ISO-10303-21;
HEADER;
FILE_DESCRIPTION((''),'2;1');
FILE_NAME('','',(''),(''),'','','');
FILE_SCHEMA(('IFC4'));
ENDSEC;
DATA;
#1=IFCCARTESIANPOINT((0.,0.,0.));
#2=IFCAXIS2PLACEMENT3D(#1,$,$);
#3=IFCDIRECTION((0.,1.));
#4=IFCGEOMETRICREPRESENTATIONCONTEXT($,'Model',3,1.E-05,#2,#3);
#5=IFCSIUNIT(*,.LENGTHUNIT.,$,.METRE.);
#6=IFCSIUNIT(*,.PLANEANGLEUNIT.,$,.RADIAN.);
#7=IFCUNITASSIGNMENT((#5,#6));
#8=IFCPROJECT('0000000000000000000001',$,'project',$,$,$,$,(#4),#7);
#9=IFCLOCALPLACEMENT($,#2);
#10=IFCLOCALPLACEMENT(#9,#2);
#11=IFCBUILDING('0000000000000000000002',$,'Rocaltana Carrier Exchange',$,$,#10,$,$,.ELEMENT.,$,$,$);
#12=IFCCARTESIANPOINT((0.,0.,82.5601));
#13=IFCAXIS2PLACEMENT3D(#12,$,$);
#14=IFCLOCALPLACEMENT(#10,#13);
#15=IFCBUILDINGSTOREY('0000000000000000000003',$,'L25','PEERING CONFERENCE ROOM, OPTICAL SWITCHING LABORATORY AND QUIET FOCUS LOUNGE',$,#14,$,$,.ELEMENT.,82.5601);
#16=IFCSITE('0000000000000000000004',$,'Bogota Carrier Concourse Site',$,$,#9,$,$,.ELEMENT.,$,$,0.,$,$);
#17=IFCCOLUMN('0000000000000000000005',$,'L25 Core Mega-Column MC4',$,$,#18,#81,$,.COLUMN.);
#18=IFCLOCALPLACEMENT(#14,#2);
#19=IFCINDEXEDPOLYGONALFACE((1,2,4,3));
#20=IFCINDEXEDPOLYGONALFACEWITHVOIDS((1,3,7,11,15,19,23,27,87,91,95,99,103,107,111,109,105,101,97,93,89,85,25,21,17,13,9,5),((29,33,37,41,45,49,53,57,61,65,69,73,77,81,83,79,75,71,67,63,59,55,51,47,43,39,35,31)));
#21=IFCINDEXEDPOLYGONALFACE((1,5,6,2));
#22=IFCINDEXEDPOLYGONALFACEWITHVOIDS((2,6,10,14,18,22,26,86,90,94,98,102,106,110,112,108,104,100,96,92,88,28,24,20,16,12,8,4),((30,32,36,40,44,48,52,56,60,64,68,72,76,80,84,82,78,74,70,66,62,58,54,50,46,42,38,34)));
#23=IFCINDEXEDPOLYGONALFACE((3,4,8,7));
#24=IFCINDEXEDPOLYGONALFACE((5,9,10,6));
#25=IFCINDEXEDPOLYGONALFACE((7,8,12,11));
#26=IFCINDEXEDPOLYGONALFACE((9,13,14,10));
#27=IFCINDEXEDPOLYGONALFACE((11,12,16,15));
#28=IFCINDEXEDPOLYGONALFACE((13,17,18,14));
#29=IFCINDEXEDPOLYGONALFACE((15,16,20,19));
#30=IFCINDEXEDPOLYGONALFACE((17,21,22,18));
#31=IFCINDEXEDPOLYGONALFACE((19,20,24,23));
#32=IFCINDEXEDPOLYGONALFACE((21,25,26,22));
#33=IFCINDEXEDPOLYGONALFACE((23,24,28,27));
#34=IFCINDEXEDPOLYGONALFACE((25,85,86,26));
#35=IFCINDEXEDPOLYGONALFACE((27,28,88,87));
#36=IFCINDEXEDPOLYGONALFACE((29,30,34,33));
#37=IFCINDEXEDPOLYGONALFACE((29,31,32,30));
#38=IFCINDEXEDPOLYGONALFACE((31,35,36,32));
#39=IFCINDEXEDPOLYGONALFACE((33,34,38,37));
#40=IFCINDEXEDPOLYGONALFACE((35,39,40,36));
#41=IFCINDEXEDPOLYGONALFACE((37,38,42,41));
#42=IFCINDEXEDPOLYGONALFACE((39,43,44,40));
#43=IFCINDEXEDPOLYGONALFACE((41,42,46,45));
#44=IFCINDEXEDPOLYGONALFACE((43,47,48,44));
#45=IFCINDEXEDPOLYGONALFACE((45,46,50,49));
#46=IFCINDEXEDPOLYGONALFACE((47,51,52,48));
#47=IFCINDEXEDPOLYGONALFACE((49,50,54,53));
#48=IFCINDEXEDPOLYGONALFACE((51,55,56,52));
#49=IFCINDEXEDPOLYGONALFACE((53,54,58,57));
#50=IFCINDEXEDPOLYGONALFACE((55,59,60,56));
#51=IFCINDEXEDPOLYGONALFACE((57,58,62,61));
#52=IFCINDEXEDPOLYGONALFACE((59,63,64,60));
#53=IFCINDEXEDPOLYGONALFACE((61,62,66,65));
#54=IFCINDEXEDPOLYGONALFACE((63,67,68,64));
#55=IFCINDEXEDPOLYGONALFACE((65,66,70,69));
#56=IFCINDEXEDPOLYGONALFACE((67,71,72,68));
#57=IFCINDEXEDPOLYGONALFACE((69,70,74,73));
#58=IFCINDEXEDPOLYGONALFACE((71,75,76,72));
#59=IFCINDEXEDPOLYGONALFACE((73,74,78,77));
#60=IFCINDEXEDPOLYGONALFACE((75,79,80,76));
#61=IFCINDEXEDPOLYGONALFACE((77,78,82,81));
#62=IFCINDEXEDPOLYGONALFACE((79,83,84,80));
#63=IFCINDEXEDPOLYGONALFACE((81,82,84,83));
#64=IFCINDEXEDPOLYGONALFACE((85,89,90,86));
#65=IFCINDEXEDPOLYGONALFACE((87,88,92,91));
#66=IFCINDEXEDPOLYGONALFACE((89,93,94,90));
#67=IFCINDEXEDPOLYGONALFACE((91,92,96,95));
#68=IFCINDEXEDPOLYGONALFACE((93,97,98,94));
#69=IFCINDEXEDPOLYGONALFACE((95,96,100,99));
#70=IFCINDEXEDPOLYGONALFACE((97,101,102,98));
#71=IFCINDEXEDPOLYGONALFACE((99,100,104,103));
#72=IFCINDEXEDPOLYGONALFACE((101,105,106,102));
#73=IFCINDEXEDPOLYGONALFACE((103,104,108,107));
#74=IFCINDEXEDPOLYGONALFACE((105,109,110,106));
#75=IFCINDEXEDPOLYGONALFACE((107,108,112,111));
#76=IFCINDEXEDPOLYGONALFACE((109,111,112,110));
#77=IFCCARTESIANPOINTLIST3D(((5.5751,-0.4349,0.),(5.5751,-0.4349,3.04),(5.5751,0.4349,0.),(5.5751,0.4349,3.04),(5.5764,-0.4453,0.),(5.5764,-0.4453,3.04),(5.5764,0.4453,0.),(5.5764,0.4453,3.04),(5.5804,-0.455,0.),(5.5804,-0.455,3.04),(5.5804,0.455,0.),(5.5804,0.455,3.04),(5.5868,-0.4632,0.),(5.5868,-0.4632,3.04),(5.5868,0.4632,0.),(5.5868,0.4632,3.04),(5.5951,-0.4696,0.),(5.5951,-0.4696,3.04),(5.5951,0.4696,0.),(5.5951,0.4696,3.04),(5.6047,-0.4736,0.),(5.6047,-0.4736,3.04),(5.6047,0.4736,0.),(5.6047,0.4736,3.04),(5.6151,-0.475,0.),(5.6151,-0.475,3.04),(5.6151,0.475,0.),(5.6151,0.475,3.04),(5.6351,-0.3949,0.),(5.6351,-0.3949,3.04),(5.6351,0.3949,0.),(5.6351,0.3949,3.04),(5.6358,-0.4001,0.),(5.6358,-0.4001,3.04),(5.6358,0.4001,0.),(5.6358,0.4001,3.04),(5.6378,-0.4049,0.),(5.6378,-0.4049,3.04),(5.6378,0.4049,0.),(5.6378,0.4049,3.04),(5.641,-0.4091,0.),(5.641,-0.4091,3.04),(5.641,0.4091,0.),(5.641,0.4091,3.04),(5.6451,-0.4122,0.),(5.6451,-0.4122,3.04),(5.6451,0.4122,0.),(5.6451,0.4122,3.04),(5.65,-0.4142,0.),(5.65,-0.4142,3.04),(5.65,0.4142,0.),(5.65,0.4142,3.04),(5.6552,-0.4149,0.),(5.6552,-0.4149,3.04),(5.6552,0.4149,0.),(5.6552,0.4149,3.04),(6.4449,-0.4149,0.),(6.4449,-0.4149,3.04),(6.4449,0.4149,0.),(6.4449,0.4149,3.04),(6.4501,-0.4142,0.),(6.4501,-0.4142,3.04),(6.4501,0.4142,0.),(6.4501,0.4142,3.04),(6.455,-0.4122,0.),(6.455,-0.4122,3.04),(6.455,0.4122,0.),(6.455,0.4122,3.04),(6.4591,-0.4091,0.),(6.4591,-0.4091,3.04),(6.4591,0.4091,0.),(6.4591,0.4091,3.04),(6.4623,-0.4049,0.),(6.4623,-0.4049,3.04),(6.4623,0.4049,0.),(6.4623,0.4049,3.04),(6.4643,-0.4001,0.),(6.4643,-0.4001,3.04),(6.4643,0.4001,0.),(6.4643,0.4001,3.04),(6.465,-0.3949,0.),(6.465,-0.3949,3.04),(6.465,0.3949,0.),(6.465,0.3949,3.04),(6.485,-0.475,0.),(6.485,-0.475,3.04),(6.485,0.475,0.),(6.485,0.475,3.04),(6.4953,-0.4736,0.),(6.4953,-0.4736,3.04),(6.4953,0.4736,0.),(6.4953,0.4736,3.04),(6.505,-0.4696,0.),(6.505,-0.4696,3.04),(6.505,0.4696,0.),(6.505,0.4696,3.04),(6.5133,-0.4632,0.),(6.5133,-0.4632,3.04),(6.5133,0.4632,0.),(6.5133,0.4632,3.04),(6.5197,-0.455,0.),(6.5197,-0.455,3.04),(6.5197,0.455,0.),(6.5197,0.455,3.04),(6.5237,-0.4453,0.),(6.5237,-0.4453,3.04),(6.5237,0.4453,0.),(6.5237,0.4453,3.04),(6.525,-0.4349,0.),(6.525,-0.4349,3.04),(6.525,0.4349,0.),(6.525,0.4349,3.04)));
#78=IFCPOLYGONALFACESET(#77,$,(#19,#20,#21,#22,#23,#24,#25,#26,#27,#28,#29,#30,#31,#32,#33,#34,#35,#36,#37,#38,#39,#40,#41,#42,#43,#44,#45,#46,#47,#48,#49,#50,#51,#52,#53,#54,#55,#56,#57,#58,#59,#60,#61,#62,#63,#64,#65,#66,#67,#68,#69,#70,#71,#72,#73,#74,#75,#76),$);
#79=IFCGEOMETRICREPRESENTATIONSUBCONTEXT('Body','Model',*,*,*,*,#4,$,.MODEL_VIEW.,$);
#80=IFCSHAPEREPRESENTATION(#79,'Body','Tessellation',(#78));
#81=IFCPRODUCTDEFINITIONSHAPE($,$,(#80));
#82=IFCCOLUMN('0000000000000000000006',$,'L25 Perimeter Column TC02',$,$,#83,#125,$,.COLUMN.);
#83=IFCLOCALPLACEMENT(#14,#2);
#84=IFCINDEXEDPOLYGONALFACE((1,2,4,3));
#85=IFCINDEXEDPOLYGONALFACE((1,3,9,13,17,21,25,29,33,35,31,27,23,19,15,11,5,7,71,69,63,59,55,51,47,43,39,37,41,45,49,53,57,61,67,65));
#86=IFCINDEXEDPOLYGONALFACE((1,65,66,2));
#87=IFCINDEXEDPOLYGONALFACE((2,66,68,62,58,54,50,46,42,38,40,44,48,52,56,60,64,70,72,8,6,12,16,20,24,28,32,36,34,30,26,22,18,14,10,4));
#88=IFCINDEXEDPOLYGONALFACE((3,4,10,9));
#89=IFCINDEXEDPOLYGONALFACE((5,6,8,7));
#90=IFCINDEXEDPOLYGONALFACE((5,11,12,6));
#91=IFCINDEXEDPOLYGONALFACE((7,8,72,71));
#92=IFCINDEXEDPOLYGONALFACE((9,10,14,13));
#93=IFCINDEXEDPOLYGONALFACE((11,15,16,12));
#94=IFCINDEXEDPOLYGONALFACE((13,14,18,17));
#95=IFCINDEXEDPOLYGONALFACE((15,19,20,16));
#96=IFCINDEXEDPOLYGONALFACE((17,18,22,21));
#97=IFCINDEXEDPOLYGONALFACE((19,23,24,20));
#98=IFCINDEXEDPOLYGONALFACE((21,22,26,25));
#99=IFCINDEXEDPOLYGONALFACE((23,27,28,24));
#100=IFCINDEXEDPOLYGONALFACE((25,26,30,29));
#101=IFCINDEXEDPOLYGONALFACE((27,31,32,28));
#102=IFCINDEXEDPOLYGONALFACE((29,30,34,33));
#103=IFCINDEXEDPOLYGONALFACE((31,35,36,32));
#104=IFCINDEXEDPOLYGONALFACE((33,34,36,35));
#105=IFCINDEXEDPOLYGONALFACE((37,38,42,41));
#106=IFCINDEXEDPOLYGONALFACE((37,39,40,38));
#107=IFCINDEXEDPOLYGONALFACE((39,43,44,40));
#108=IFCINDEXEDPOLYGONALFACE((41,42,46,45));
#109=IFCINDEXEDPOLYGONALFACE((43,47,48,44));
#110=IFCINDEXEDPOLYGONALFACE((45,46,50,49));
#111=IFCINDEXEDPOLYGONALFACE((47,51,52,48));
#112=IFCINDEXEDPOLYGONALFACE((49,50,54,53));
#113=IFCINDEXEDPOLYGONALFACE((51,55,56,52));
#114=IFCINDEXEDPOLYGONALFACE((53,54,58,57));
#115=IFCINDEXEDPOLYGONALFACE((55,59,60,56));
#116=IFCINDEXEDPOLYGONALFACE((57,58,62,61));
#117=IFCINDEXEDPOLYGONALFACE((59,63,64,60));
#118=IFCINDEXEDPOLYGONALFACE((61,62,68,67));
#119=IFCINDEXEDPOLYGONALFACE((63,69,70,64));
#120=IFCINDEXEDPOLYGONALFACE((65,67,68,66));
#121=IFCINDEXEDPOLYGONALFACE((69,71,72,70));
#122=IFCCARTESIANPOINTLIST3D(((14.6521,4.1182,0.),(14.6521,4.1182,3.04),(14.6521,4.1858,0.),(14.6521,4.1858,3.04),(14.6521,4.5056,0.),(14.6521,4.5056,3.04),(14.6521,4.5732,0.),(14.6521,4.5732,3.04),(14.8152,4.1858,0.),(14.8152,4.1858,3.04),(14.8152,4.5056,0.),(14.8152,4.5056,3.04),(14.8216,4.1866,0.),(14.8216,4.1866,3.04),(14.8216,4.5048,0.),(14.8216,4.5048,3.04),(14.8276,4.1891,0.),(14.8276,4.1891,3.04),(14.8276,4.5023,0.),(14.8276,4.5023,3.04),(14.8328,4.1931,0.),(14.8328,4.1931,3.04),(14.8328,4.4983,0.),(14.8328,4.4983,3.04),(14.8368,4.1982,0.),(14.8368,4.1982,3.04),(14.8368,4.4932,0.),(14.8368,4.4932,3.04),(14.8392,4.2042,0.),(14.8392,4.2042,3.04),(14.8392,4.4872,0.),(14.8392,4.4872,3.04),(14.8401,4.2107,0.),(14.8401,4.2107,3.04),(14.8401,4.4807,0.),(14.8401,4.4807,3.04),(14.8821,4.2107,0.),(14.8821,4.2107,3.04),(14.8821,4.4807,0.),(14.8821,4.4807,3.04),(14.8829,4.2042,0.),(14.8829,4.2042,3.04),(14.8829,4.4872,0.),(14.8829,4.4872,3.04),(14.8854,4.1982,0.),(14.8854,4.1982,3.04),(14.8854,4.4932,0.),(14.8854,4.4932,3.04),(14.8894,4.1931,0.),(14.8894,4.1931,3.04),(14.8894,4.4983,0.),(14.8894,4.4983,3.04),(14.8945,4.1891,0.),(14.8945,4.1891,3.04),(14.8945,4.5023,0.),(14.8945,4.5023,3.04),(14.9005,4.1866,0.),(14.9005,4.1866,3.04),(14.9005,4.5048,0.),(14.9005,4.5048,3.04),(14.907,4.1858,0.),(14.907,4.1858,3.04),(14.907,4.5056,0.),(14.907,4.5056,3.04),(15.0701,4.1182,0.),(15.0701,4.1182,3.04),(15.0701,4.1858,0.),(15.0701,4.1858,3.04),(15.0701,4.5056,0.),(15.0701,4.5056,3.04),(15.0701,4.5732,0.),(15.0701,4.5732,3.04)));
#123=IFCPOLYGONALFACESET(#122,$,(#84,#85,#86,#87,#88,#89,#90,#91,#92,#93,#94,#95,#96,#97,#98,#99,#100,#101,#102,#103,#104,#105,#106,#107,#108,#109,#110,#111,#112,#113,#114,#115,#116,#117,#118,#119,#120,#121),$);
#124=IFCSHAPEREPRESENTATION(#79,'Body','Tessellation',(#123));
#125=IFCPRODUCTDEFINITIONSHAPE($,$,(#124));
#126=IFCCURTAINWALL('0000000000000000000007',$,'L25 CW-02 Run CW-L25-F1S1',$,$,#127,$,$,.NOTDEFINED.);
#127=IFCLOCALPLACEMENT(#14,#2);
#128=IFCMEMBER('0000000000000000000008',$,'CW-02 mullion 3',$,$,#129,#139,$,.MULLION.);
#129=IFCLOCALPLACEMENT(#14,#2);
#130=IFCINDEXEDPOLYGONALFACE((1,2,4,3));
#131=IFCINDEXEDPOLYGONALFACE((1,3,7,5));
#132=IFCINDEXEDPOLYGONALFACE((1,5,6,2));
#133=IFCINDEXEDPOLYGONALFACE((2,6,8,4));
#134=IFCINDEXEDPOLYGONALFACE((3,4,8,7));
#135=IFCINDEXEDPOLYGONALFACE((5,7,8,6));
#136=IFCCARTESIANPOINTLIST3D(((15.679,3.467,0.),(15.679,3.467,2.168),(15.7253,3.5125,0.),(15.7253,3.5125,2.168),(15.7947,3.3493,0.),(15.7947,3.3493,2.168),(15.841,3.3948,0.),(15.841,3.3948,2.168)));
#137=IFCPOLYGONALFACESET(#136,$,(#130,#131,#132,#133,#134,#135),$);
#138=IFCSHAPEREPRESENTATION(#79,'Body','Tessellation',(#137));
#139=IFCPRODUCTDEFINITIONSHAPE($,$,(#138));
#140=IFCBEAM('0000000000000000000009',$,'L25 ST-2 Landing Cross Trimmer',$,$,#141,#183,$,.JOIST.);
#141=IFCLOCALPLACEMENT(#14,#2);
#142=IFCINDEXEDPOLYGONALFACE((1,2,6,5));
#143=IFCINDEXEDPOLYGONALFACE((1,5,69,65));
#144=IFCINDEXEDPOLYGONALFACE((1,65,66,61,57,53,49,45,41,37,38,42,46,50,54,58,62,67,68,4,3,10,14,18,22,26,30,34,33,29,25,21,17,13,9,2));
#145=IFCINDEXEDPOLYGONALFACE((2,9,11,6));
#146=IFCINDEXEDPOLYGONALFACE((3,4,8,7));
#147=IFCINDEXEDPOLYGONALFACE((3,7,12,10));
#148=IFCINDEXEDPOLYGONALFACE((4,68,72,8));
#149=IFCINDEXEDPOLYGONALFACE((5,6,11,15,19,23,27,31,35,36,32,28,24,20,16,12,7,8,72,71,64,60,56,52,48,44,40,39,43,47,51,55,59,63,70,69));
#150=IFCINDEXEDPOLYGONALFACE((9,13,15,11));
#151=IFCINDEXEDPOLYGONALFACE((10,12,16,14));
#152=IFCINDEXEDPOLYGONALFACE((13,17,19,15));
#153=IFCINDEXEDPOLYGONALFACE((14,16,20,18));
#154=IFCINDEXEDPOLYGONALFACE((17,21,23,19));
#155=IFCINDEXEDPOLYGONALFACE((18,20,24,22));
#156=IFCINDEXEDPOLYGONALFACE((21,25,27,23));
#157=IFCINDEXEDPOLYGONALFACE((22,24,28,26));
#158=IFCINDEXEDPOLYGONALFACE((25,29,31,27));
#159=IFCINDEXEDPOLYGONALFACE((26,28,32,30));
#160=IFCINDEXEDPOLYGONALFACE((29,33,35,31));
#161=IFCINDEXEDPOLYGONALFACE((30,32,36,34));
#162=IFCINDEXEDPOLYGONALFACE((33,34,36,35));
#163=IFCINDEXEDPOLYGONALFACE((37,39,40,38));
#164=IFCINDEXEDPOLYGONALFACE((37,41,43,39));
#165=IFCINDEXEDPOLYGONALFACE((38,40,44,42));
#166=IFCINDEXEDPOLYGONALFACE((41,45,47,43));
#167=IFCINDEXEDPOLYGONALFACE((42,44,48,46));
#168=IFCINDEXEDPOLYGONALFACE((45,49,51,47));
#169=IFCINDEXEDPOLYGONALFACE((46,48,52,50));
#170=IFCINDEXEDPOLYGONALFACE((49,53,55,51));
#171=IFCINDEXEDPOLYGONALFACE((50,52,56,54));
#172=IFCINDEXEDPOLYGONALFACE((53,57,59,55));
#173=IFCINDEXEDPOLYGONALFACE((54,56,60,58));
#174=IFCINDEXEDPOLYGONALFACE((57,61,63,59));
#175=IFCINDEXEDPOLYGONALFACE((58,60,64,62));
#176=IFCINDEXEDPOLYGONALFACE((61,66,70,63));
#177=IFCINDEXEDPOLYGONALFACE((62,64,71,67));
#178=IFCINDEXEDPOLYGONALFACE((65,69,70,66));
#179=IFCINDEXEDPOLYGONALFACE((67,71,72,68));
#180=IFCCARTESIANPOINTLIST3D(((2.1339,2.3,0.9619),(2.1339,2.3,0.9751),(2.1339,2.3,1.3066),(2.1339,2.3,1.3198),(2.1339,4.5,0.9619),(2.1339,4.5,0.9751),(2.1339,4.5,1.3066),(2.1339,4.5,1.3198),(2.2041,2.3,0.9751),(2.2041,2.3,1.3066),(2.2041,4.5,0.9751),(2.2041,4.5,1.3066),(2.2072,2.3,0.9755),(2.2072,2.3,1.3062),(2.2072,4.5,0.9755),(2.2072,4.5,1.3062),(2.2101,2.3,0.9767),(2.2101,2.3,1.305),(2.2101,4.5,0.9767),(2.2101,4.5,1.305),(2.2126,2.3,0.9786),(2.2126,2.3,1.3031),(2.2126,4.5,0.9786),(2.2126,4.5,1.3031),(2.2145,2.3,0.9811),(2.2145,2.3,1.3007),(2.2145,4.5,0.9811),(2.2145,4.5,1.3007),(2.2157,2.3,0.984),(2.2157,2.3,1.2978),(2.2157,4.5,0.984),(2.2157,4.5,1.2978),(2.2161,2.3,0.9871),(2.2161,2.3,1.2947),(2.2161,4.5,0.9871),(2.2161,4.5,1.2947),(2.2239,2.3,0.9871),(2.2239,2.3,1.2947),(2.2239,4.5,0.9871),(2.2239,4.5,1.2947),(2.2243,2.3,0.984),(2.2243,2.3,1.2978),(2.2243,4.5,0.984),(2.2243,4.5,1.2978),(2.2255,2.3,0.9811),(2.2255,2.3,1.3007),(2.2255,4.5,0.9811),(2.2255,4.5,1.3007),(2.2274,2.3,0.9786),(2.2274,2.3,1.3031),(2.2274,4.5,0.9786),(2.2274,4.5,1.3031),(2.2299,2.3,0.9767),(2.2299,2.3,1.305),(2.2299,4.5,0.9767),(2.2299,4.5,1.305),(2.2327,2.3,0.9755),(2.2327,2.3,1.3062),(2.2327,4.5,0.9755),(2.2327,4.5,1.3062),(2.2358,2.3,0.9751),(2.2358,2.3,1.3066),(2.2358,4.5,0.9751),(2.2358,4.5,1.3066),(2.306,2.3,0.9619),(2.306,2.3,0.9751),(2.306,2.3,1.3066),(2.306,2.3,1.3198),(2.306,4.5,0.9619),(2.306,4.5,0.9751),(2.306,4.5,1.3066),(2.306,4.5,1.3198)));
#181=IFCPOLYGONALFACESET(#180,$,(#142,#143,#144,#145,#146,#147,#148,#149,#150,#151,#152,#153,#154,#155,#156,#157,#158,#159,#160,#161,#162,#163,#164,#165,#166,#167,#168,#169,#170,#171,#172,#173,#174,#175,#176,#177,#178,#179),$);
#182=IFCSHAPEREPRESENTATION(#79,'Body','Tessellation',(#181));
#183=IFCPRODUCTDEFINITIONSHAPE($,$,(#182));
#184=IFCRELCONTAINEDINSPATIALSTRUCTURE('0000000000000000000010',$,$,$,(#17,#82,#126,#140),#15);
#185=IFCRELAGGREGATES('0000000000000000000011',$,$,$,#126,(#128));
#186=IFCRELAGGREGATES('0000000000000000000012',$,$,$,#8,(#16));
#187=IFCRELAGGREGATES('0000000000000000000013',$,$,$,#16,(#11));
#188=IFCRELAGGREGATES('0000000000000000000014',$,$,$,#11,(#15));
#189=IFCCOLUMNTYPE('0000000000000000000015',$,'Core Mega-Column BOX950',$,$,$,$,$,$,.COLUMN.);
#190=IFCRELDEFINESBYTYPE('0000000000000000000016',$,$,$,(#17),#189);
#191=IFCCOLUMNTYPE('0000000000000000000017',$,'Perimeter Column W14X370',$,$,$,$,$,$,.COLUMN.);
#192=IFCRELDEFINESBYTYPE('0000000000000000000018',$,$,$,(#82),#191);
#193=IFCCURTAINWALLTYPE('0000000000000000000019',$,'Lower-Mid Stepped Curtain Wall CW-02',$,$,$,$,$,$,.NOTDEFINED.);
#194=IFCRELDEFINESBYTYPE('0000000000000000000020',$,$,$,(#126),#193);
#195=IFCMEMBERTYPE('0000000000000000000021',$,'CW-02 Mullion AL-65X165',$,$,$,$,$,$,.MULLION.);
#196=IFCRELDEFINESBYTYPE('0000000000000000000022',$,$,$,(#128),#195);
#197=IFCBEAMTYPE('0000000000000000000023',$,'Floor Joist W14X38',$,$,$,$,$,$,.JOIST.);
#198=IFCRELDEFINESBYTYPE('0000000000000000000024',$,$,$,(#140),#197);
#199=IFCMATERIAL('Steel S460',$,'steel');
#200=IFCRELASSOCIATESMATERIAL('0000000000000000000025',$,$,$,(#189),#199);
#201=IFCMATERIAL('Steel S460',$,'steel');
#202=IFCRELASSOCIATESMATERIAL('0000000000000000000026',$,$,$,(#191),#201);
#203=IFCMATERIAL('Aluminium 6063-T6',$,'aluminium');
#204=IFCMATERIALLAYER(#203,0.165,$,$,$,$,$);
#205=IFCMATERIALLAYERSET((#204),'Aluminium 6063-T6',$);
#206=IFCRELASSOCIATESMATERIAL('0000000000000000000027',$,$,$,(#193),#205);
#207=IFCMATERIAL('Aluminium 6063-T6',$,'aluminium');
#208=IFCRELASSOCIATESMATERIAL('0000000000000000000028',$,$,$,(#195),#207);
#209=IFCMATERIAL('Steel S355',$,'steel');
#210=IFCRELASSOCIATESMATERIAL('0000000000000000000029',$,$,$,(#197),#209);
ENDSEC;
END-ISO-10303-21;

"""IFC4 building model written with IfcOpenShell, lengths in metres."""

from ifc_helpers import new_model, si_unit, direction, frame, origin, origin_2d, place, context, subcontext, project, spatial, rectangle, hollow_rectangle, i_section, extrude, material, layer, layer_set, material_profile, profile_set, type_object, element, aggregate, save


model = new_model("IFC4")

# Units and contexts
model_context = context("Model", 3, precision=1e-05, world=origin(), true_north=direction((0.0, 1.0)))
body_context = subcontext(model_context, "Body", "Model", "MODEL_VIEW")
ifc_project = project(units=[si_unit("LENGTHUNIT", "METRE"), si_unit("PLANEANGLEUNIT", "RADIAN")], contexts=[model_context])

# Site, building, storey
site_placement = place(None, origin())
site = spatial("IfcSite", under=ifc_project, at=site_placement, Name="Bogota Carrier Concourse Site", CompositionType="ELEMENT", RefElevation=0.0)
building_placement = place(site_placement, origin())
building = spatial("IfcBuilding", under=site, at=building_placement, Name="Rocaltana Carrier Exchange", CompositionType="ELEMENT")
storey_placement = place(building_placement, frame((0.0, 0.0, 82.5601)))
storey = spatial("IfcBuildingStorey", under=building, at=storey_placement, Name="L25", Description="PEERING CONFERENCE ROOM, OPTICAL SWITCHING LABORATORY AND QUIET FOCUS LOUNGE", CompositionType="ELEMENT", Elevation=82.5601)

# Columns
ifc_material_1 = material(Name="Steel S460", Category="steel")
ifc_material_profile_1 = material_profile(ifc_material_1, hollow_rectangle(XDim=0.95, YDim=0.95, WallThickness=0.0601, InnerFilletRadius=0.02, OuterFilletRadius=0.04, at=origin_2d()), Name="BOX950X950X60")
ifc_profile_set_1 = profile_set([ifc_material_profile_1], Name="Steel S460")
column_type_1 = type_object("IfcColumnType", Name="Core Mega-Column BOX950", PredefinedType="COLUMN", material=ifc_profile_set_1)
column_1_placement = place(storey_placement, frame((6.05, 0.0, 0.0), z_axis=(0.0, 0.0, 1.0), x_axis=(1.0, 0.0, 0.0)))
element("IfcColumn", 1, at=column_1_placement, inside=storey, type_object=column_type_1, Name="L25 Core Mega-Column MC4", PredefinedType="COLUMN", context=body_context, shape_type="SweptSolid", body=[
    extrude(hollow_rectangle(XDim=0.95, YDim=0.95, WallThickness=0.0601, InnerFilletRadius=0.02, OuterFilletRadius=0.04, at=origin_2d()), origin(), (0.0, 0.0, 1.0), 3.04),
])
ifc_material_2 = material(Name="Steel S460", Category="steel")
ifc_material_profile_2 = material_profile(ifc_material_2, i_section(OverallWidth=0.418, OverallDepth=0.4551, WebThickness=0.042, FlangeThickness=0.0676, FilletRadius=0.0249, at=origin_2d()), Name="W14X370")
ifc_profile_set_2 = profile_set([ifc_material_profile_2], Name="Steel S460")
column_type_2 = type_object("IfcColumnType", Name="Perimeter Column W14X370", PredefinedType="COLUMN", material=ifc_profile_set_2)
column_2_placement = place(storey_placement, frame((14.8611, 4.3457, 0.0), z_axis=(0.0, 0.0, 1.0), x_axis=(1.0, 0.0, 0.0)))
element("IfcColumn", 2, at=column_2_placement, inside=storey, type_object=column_type_2, Name="L25 Perimeter Column TC02", PredefinedType="COLUMN", context=body_context, shape_type="SweptSolid", body=[
    extrude(i_section(OverallWidth=0.418, OverallDepth=0.4551, WebThickness=0.042, FlangeThickness=0.0676, FilletRadius=0.0249, at=origin_2d()), origin(), (0.0, 0.0, 1.0), 3.04),
])

# Curtain wall, member
ifc_material_3 = material(Name="Aluminium 6063-T6", Category="aluminium")
ifc_layer_1 = layer(ifc_material_3, 0.165)
ifc_layer_set_1 = layer_set([ifc_layer_1], Name="Aluminium 6063-T6")
curtain_wall_type = type_object("IfcCurtainWallType", Name="Lower-Mid Stepped Curtain Wall CW-02", PredefinedType="NOTDEFINED", material=ifc_layer_set_1)
curtain_wall_placement = place(storey_placement, origin())
curtain_wall = element("IfcCurtainWall", 3, at=curtain_wall_placement, inside=storey, type_object=curtain_wall_type, Name="L25 CW-02 Run CW-L25-F1S1", PredefinedType="NOTDEFINED")
ifc_material_4 = material(Name="Aluminium 6063-T6", Category="aluminium")
ifc_material_profile_3 = material_profile(ifc_material_4, rectangle(XDim=0.0649, YDim=0.165, at=origin_2d()), Name="AL-65X165")
ifc_profile_set_3 = profile_set([ifc_material_profile_3], Name="Aluminium 6063-T6")
member_type = type_object("IfcMemberType", Name="CW-02 Mullion AL-65X165", PredefinedType="MULLION", material=ifc_profile_set_3)
member_placement = place(storey_placement, frame((15.76, 3.4309, 0.0), z_axis=(0.0, 0.0, 1.0), x_axis=(-0.713245, -0.700915, 0.0)))
member = element("IfcMember", 4, at=member_placement, type_object=member_type, Name="CW-02 mullion 3", PredefinedType="MULLION", context=body_context, shape_type="SweptSolid", body=[
    extrude(rectangle(XDim=0.0649, YDim=0.165, at=origin_2d()), origin(), (0.0, 0.0, 1.0), 2.168),
])

# Beam
ifc_material_5 = material(Name="Steel S355", Category="steel")
ifc_material_profile_4 = material_profile(ifc_material_5, i_section(OverallWidth=0.1721, OverallDepth=0.3579, WebThickness=0.0078, FlangeThickness=0.0132, FilletRadius=0.012, at=origin_2d()), Name="W14X38")
ifc_profile_set_4 = profile_set([ifc_material_profile_4], Name="Steel S355")
beam_type_1 = type_object("IfcBeamType", Name="Floor Joist W14X38", PredefinedType="JOIST", material=ifc_profile_set_4)
beam_1_placement = place(storey_placement, frame((2.22, 2.3, 1.1409), z_axis=(0.0, 1.0, 0.0), x_axis=(-1.0, 0.0, 0.0)))
element("IfcBeam", 5, at=beam_1_placement, inside=storey, type_object=beam_type_1, Name="L25 ST-2 Landing Cross Trimmer", PredefinedType="JOIST", context=body_context, shape_type="SweptSolid", body=[
    extrude(i_section(OverallWidth=0.1721, OverallDepth=0.3579, WebThickness=0.0078, FlangeThickness=0.0132, FilletRadius=0.012, at=origin_2d()), origin(), (0.0, 0.0, 1.0), 2.2),
])

aggregate(curtain_wall, [member])

save(model, "model.ifc")
